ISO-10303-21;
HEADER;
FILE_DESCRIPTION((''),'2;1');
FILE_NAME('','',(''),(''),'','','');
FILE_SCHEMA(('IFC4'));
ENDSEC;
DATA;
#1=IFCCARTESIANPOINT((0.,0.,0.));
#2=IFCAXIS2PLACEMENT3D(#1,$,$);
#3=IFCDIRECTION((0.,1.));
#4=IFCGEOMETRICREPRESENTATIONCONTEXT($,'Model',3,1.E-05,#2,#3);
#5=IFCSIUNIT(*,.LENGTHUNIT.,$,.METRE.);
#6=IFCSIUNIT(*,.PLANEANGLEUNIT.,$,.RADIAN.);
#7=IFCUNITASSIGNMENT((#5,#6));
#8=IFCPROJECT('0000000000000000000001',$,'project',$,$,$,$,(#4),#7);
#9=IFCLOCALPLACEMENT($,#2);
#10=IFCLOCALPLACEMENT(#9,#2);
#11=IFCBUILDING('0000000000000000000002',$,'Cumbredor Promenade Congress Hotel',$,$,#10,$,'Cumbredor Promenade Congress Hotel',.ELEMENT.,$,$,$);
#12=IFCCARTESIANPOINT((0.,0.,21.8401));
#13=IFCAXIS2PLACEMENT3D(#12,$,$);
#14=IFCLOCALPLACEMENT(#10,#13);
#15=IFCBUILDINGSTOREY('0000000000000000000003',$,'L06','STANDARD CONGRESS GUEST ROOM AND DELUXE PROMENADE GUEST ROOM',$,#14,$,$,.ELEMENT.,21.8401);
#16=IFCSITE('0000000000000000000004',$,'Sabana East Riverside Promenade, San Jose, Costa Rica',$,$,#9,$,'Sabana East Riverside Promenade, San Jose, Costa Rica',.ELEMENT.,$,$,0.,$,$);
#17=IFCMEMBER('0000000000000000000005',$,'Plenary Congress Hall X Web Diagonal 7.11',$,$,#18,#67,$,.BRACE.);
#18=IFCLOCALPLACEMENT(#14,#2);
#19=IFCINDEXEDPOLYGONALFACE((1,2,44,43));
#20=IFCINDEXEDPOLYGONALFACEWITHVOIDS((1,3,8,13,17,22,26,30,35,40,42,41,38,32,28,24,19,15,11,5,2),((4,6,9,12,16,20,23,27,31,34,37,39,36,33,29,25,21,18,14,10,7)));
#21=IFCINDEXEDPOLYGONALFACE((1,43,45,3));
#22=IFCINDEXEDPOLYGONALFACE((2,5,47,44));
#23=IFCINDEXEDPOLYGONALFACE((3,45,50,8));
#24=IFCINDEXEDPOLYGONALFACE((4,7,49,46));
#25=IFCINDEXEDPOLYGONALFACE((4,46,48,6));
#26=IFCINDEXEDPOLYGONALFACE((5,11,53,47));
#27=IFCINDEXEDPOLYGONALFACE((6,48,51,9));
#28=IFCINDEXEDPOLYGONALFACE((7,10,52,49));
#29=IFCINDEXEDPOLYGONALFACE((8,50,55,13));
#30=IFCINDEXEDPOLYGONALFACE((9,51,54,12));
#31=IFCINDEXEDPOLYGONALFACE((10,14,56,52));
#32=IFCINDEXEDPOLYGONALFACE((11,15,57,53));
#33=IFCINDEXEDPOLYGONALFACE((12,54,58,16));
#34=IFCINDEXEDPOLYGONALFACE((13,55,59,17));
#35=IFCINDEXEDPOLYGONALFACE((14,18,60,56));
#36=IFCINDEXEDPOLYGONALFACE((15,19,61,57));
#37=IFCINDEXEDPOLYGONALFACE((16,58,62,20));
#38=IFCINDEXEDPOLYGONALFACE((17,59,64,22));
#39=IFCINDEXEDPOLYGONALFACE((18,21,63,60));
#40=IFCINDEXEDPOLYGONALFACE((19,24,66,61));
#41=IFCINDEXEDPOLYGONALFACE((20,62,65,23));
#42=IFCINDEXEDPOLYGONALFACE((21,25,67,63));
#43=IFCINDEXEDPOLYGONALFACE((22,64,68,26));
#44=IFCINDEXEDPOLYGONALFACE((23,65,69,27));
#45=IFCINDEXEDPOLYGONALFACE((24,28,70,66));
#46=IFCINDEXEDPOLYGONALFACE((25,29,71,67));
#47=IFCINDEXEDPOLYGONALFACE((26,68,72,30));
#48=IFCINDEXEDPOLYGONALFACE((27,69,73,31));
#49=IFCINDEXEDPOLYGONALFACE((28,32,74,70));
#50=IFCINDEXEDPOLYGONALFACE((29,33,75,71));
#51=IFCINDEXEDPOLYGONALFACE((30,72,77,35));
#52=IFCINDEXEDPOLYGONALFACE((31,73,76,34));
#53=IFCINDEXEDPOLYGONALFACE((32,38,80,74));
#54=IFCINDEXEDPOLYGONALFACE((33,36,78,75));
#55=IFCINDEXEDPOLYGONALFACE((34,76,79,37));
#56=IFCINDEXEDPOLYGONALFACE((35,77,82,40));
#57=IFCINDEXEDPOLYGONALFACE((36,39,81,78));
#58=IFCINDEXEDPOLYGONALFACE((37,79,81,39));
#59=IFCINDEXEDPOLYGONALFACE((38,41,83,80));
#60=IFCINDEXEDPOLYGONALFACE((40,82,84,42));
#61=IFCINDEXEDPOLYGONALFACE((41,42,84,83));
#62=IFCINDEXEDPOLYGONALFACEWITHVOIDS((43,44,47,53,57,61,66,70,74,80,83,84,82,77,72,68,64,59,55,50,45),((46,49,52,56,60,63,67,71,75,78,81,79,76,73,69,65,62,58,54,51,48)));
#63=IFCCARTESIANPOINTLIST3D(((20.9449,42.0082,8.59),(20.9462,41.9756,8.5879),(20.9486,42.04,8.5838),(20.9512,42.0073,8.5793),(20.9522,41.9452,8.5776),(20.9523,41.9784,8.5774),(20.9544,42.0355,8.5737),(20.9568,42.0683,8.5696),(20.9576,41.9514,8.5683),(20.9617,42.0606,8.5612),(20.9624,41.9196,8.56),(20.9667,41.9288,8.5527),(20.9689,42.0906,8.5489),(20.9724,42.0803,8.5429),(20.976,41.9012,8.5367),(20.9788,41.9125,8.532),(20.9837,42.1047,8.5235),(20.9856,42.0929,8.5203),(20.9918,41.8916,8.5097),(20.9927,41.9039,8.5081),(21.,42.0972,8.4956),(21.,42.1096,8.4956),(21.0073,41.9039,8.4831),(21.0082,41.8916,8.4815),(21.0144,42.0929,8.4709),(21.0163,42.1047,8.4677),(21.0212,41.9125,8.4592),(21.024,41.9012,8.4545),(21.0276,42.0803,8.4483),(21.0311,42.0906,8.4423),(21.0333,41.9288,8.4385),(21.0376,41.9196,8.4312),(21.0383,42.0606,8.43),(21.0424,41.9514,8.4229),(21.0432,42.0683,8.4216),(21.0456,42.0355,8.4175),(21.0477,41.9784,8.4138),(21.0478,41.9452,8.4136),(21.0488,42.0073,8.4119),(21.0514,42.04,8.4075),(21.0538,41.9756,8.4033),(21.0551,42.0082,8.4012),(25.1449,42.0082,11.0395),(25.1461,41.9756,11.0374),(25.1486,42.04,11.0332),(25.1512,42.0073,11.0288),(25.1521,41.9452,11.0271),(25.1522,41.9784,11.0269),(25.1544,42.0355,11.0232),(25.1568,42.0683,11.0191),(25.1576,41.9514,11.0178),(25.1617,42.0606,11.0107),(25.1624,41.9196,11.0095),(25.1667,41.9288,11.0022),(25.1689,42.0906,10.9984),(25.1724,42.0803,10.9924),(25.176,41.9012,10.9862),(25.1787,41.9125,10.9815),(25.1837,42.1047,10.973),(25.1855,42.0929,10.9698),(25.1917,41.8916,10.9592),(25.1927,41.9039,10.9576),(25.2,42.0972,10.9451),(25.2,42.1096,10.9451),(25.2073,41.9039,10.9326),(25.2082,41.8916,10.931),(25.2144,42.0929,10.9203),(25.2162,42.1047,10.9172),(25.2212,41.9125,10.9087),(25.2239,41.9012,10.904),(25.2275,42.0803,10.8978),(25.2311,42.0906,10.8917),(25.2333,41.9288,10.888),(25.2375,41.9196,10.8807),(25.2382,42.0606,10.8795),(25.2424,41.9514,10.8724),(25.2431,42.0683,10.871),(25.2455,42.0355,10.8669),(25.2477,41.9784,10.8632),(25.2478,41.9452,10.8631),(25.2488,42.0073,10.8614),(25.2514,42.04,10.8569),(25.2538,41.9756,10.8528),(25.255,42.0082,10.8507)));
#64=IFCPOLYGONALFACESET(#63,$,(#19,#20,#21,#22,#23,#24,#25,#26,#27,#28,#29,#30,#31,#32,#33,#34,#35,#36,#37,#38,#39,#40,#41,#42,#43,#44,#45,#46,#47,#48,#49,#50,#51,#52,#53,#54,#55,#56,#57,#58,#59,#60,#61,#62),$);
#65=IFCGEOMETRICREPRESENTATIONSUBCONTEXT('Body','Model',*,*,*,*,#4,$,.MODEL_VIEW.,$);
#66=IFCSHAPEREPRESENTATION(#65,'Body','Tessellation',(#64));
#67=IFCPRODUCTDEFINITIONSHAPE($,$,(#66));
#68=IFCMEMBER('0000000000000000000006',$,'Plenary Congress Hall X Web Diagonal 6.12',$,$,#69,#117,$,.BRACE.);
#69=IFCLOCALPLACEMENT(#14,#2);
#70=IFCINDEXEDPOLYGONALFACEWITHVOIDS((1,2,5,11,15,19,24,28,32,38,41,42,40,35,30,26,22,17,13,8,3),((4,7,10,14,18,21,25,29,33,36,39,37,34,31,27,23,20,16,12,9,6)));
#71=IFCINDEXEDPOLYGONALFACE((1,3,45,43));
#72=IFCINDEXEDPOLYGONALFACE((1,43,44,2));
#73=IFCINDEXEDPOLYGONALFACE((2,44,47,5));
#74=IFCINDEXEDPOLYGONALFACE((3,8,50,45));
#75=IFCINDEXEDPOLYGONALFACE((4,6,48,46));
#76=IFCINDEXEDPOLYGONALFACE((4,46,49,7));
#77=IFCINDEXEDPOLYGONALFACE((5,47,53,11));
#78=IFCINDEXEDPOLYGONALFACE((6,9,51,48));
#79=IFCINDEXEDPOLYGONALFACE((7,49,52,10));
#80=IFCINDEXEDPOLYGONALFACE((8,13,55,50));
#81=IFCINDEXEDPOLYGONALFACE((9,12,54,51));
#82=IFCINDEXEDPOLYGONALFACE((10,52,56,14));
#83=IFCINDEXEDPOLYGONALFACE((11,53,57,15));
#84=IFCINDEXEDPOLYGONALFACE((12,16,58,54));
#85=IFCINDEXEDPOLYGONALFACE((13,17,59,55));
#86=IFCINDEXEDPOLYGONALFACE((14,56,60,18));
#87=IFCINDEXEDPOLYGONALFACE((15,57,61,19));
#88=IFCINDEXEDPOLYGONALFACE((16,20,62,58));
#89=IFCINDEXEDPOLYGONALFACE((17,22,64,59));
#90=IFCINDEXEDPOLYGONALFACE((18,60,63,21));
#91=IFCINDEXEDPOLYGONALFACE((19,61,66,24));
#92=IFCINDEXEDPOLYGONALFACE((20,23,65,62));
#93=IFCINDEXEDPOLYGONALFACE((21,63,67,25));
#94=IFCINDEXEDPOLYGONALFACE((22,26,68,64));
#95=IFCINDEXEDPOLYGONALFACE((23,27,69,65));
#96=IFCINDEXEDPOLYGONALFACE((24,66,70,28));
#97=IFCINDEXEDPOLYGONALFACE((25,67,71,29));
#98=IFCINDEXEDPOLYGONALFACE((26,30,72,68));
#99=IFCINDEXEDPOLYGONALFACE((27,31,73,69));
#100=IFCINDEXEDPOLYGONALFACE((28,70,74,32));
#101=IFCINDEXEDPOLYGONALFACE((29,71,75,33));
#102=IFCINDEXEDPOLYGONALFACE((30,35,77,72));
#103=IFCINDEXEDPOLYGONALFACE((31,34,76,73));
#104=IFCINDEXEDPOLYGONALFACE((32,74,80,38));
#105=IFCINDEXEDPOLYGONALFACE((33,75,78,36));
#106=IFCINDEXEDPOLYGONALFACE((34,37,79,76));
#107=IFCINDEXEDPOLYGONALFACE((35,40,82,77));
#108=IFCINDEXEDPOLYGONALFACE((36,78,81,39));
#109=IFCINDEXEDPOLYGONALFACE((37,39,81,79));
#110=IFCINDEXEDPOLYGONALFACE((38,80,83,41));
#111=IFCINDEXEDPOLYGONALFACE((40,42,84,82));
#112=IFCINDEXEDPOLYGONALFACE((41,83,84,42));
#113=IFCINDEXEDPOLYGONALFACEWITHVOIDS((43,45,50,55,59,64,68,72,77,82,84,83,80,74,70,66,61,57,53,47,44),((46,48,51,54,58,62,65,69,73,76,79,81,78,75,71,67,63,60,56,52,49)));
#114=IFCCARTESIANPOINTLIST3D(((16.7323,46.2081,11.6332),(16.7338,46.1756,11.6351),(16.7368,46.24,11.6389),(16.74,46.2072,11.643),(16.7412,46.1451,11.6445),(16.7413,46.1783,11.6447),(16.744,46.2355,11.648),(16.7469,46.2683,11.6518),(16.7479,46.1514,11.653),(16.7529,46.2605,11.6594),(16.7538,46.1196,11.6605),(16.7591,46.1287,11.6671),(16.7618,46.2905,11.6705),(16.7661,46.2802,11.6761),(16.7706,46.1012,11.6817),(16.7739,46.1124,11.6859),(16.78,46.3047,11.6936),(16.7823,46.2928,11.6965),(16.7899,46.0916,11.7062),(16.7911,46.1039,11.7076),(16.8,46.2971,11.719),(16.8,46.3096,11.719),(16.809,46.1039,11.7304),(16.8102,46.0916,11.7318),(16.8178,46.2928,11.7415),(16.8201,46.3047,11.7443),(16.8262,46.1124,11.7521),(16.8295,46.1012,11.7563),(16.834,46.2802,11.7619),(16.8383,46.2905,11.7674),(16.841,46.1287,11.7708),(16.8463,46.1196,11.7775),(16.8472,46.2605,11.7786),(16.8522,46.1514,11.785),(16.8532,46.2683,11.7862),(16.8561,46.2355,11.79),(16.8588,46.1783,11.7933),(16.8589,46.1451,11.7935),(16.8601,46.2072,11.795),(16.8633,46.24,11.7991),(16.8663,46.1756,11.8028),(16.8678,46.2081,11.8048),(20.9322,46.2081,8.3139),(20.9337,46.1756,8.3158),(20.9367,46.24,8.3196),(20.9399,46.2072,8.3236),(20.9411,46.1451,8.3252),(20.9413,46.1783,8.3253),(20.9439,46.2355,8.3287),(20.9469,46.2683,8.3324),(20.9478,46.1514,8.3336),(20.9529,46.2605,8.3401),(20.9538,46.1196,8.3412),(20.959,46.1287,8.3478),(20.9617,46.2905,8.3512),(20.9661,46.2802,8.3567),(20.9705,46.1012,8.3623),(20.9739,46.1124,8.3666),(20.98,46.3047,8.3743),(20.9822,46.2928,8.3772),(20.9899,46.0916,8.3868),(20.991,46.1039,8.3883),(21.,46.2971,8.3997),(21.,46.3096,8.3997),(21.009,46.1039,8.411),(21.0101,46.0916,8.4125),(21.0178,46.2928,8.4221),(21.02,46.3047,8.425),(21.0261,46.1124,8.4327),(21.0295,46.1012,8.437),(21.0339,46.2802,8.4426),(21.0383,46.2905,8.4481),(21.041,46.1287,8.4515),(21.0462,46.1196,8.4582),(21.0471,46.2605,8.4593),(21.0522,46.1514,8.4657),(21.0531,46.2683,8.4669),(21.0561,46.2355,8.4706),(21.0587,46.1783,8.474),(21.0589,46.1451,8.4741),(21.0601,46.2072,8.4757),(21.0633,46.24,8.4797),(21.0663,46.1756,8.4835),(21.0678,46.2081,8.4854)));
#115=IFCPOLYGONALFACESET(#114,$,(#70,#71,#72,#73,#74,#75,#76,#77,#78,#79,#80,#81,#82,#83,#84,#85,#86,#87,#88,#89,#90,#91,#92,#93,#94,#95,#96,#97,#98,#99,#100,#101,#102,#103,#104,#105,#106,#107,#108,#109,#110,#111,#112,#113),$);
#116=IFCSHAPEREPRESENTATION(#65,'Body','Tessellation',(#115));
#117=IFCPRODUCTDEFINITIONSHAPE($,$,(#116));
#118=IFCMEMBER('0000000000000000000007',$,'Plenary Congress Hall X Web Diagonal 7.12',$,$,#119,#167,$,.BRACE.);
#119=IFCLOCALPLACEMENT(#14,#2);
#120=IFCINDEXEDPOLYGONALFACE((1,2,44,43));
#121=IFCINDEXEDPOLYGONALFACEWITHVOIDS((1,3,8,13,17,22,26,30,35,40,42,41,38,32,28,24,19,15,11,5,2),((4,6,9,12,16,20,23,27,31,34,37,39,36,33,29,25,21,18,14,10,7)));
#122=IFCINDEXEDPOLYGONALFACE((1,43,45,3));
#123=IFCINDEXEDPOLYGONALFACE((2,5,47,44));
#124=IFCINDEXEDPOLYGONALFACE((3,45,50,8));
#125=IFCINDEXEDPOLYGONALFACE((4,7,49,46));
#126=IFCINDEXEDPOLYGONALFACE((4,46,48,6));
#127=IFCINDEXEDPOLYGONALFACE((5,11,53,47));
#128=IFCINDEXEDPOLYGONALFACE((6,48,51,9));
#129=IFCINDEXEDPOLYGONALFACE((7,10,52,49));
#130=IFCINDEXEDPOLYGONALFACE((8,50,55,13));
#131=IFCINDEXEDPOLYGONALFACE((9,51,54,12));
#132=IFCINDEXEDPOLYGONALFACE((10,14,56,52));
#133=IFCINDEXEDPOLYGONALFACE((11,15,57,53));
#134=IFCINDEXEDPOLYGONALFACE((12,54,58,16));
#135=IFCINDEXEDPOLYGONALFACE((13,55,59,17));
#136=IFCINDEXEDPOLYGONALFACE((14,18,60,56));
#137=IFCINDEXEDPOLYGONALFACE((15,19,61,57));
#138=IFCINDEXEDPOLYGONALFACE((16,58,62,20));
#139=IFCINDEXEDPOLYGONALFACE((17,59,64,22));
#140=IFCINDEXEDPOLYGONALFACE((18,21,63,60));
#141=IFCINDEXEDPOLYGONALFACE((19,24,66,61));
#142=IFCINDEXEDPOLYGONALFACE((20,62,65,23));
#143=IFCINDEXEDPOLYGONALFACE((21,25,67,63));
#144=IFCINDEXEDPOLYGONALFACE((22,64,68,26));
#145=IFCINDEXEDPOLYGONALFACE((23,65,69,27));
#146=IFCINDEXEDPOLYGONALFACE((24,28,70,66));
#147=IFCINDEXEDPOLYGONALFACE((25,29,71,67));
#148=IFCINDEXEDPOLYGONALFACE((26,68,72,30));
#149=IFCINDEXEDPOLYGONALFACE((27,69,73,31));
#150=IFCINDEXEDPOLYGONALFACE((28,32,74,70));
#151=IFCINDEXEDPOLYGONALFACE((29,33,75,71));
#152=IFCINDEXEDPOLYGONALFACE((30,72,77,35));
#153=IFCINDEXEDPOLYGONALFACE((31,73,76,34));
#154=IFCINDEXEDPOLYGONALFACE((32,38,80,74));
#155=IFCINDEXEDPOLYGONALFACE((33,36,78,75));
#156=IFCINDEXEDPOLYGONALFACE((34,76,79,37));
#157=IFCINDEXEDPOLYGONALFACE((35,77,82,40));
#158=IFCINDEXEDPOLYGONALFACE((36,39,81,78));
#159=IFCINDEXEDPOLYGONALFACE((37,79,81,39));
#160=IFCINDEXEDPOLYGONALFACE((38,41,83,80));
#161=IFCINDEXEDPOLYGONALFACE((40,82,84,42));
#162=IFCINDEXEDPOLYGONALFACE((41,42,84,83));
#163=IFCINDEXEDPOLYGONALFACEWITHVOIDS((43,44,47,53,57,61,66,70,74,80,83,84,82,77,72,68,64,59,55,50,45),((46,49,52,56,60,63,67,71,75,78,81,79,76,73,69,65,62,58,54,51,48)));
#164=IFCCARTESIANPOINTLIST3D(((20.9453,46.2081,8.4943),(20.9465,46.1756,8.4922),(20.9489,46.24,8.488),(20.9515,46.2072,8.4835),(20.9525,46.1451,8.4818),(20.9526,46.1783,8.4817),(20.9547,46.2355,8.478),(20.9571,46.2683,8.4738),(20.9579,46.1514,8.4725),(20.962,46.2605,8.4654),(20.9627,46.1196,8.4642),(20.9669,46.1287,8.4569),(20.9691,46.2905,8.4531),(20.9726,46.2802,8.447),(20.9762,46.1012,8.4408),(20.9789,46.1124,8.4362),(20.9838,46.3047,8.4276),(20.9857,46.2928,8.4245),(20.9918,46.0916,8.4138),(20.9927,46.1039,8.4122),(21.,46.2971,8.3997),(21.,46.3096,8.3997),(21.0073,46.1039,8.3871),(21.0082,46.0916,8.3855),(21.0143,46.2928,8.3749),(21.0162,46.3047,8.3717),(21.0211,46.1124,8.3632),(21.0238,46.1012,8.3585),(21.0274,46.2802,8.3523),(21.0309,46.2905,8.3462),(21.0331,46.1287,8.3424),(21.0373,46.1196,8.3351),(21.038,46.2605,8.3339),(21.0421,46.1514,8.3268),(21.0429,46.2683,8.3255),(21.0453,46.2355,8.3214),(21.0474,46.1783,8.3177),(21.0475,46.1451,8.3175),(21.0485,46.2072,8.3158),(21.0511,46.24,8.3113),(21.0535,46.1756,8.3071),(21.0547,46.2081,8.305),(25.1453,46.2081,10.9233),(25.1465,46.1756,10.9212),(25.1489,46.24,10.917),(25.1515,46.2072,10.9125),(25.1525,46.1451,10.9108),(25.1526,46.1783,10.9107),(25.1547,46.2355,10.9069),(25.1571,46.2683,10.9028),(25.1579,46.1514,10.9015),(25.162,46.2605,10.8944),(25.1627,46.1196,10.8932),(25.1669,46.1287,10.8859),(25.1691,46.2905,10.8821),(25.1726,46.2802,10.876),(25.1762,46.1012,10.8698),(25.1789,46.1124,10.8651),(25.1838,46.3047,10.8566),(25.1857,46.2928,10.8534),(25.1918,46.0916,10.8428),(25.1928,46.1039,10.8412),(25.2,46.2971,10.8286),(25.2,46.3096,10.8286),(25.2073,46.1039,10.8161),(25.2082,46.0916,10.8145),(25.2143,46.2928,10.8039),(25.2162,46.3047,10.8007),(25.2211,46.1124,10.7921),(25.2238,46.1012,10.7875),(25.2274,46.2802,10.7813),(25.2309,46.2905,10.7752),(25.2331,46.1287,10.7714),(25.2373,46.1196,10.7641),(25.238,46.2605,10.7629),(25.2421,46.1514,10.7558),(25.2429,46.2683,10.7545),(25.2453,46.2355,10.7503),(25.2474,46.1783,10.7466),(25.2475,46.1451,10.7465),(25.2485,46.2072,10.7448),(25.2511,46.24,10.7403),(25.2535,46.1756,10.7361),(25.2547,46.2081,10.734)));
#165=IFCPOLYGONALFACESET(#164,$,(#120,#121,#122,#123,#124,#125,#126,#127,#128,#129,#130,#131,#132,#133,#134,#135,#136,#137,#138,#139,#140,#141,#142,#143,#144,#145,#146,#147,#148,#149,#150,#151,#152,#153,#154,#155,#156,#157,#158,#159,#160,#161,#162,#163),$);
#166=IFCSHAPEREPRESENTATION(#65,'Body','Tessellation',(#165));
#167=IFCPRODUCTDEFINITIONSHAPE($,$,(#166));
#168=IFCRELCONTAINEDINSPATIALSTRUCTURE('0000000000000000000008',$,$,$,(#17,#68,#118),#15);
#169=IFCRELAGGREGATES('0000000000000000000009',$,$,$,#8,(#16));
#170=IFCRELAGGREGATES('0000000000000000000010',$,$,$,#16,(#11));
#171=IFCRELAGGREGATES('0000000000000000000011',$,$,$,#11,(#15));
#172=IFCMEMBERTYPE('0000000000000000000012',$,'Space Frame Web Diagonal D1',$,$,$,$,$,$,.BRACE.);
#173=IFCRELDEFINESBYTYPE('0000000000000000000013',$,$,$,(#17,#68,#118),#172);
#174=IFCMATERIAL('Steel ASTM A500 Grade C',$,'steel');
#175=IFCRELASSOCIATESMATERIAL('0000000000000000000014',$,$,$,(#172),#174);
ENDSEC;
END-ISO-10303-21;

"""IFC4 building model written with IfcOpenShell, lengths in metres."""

from ifc_helpers import new_model, si_unit, direction, frame, origin, origin_2d, place, context, subcontext, project, spatial, hollow_circle, extrude, material, material_profile, profile_set, type_object, element, save


model = new_model("IFC4")

# Units and contexts
model_context = context("Model", 3, precision=1e-05, world=origin(), true_north=direction((0.0, 1.0)))
body_context = subcontext(model_context, "Body", "Model", "MODEL_VIEW")
ifc_project = project(units=[si_unit("LENGTHUNIT", "METRE"), si_unit("PLANEANGLEUNIT", "RADIAN")], contexts=[model_context])

# Site, building, storey
site_placement = place(None, origin())
site = spatial("IfcSite", under=ifc_project, at=site_placement, Name="Sabana East Riverside Promenade, San Jose, Costa Rica", LongName="Sabana East Riverside Promenade, San Jose, Costa Rica", CompositionType="ELEMENT", RefElevation=0.0)
building_placement = place(site_placement, origin())
building = spatial("IfcBuilding", under=site, at=building_placement, Name="Cumbredor Promenade Congress Hotel", LongName="Cumbredor Promenade Congress Hotel", CompositionType="ELEMENT")
storey_placement = place(building_placement, frame((0.0, 0.0, 21.8401)))
storey = spatial("IfcBuildingStorey", under=building, at=storey_placement, Name="L06", Description="STANDARD CONGRESS GUEST ROOM AND DELUXE PROMENADE GUEST ROOM", CompositionType="ELEMENT", Elevation=21.8401)

# Members
ifc_material_1 = material(Name="Steel ASTM A500 Grade C", Category="steel")
ifc_material_profile_1 = material_profile(ifc_material_1, hollow_circle(Radius=0.1096, WallThickness=0.0125, at=origin_2d()), Name="CHS 219.1x12.5")
ifc_profile_set_1 = profile_set([ifc_material_profile_1], Name="Steel ASTM A500 Grade C")
member_type_1 = type_object("IfcMemberType", Name="Space Frame Web Diagonal D1", PredefinedType="BRACE", material=ifc_profile_set_1)
member_1_placement = place(storey_placement, frame((21.0, 42.0, 8.4956), z_axis=(0.863824, 0.0, 0.503793), x_axis=(0.0, 1.0, 0.0)))
element("IfcMember", 1, at=member_1_placement, inside=storey, type_object=member_type_1, Name="Plenary Congress Hall X Web Diagonal 7.11", PredefinedType="BRACE", context=body_context, shape_type="SweptSolid", body=[
    extrude(hollow_circle(Radius=0.1096, WallThickness=0.0125, at=origin_2d()), origin(), (0.0, 0.0, 1.0), 4.8621),
])
member_2_placement = place(storey_placement, frame((16.8, 46.2, 11.719), z_axis=(0.784557, 0.0, -0.620057), x_axis=(0.0, 1.0, 0.0)))
element("IfcMember", 2, at=member_2_placement, inside=storey, type_object=member_type_1, Name="Plenary Congress Hall X Web Diagonal 6.12", PredefinedType="BRACE", context=body_context, shape_type="SweptSolid", body=[
    extrude(hollow_circle(Radius=0.1096, WallThickness=0.0125, at=origin_2d()), origin(), (0.0, 0.0, 1.0), 5.3533),
])
member_3_placement = place(storey_placement, frame((21.0, 46.2, 8.3997), z_axis=(0.865658, 0.0, 0.500636), x_axis=(0.0, 1.0, 0.0)))
element("IfcMember", 3, at=member_3_placement, inside=storey, type_object=member_type_1, Name="Plenary Congress Hall X Web Diagonal 7.12", PredefinedType="BRACE", context=body_context, shape_type="SweptSolid", body=[
    extrude(hollow_circle(Radius=0.1096, WallThickness=0.0125, at=origin_2d()), origin(), (0.0, 0.0, 1.0), 4.8518),
])

save(model, "model.ifc")
